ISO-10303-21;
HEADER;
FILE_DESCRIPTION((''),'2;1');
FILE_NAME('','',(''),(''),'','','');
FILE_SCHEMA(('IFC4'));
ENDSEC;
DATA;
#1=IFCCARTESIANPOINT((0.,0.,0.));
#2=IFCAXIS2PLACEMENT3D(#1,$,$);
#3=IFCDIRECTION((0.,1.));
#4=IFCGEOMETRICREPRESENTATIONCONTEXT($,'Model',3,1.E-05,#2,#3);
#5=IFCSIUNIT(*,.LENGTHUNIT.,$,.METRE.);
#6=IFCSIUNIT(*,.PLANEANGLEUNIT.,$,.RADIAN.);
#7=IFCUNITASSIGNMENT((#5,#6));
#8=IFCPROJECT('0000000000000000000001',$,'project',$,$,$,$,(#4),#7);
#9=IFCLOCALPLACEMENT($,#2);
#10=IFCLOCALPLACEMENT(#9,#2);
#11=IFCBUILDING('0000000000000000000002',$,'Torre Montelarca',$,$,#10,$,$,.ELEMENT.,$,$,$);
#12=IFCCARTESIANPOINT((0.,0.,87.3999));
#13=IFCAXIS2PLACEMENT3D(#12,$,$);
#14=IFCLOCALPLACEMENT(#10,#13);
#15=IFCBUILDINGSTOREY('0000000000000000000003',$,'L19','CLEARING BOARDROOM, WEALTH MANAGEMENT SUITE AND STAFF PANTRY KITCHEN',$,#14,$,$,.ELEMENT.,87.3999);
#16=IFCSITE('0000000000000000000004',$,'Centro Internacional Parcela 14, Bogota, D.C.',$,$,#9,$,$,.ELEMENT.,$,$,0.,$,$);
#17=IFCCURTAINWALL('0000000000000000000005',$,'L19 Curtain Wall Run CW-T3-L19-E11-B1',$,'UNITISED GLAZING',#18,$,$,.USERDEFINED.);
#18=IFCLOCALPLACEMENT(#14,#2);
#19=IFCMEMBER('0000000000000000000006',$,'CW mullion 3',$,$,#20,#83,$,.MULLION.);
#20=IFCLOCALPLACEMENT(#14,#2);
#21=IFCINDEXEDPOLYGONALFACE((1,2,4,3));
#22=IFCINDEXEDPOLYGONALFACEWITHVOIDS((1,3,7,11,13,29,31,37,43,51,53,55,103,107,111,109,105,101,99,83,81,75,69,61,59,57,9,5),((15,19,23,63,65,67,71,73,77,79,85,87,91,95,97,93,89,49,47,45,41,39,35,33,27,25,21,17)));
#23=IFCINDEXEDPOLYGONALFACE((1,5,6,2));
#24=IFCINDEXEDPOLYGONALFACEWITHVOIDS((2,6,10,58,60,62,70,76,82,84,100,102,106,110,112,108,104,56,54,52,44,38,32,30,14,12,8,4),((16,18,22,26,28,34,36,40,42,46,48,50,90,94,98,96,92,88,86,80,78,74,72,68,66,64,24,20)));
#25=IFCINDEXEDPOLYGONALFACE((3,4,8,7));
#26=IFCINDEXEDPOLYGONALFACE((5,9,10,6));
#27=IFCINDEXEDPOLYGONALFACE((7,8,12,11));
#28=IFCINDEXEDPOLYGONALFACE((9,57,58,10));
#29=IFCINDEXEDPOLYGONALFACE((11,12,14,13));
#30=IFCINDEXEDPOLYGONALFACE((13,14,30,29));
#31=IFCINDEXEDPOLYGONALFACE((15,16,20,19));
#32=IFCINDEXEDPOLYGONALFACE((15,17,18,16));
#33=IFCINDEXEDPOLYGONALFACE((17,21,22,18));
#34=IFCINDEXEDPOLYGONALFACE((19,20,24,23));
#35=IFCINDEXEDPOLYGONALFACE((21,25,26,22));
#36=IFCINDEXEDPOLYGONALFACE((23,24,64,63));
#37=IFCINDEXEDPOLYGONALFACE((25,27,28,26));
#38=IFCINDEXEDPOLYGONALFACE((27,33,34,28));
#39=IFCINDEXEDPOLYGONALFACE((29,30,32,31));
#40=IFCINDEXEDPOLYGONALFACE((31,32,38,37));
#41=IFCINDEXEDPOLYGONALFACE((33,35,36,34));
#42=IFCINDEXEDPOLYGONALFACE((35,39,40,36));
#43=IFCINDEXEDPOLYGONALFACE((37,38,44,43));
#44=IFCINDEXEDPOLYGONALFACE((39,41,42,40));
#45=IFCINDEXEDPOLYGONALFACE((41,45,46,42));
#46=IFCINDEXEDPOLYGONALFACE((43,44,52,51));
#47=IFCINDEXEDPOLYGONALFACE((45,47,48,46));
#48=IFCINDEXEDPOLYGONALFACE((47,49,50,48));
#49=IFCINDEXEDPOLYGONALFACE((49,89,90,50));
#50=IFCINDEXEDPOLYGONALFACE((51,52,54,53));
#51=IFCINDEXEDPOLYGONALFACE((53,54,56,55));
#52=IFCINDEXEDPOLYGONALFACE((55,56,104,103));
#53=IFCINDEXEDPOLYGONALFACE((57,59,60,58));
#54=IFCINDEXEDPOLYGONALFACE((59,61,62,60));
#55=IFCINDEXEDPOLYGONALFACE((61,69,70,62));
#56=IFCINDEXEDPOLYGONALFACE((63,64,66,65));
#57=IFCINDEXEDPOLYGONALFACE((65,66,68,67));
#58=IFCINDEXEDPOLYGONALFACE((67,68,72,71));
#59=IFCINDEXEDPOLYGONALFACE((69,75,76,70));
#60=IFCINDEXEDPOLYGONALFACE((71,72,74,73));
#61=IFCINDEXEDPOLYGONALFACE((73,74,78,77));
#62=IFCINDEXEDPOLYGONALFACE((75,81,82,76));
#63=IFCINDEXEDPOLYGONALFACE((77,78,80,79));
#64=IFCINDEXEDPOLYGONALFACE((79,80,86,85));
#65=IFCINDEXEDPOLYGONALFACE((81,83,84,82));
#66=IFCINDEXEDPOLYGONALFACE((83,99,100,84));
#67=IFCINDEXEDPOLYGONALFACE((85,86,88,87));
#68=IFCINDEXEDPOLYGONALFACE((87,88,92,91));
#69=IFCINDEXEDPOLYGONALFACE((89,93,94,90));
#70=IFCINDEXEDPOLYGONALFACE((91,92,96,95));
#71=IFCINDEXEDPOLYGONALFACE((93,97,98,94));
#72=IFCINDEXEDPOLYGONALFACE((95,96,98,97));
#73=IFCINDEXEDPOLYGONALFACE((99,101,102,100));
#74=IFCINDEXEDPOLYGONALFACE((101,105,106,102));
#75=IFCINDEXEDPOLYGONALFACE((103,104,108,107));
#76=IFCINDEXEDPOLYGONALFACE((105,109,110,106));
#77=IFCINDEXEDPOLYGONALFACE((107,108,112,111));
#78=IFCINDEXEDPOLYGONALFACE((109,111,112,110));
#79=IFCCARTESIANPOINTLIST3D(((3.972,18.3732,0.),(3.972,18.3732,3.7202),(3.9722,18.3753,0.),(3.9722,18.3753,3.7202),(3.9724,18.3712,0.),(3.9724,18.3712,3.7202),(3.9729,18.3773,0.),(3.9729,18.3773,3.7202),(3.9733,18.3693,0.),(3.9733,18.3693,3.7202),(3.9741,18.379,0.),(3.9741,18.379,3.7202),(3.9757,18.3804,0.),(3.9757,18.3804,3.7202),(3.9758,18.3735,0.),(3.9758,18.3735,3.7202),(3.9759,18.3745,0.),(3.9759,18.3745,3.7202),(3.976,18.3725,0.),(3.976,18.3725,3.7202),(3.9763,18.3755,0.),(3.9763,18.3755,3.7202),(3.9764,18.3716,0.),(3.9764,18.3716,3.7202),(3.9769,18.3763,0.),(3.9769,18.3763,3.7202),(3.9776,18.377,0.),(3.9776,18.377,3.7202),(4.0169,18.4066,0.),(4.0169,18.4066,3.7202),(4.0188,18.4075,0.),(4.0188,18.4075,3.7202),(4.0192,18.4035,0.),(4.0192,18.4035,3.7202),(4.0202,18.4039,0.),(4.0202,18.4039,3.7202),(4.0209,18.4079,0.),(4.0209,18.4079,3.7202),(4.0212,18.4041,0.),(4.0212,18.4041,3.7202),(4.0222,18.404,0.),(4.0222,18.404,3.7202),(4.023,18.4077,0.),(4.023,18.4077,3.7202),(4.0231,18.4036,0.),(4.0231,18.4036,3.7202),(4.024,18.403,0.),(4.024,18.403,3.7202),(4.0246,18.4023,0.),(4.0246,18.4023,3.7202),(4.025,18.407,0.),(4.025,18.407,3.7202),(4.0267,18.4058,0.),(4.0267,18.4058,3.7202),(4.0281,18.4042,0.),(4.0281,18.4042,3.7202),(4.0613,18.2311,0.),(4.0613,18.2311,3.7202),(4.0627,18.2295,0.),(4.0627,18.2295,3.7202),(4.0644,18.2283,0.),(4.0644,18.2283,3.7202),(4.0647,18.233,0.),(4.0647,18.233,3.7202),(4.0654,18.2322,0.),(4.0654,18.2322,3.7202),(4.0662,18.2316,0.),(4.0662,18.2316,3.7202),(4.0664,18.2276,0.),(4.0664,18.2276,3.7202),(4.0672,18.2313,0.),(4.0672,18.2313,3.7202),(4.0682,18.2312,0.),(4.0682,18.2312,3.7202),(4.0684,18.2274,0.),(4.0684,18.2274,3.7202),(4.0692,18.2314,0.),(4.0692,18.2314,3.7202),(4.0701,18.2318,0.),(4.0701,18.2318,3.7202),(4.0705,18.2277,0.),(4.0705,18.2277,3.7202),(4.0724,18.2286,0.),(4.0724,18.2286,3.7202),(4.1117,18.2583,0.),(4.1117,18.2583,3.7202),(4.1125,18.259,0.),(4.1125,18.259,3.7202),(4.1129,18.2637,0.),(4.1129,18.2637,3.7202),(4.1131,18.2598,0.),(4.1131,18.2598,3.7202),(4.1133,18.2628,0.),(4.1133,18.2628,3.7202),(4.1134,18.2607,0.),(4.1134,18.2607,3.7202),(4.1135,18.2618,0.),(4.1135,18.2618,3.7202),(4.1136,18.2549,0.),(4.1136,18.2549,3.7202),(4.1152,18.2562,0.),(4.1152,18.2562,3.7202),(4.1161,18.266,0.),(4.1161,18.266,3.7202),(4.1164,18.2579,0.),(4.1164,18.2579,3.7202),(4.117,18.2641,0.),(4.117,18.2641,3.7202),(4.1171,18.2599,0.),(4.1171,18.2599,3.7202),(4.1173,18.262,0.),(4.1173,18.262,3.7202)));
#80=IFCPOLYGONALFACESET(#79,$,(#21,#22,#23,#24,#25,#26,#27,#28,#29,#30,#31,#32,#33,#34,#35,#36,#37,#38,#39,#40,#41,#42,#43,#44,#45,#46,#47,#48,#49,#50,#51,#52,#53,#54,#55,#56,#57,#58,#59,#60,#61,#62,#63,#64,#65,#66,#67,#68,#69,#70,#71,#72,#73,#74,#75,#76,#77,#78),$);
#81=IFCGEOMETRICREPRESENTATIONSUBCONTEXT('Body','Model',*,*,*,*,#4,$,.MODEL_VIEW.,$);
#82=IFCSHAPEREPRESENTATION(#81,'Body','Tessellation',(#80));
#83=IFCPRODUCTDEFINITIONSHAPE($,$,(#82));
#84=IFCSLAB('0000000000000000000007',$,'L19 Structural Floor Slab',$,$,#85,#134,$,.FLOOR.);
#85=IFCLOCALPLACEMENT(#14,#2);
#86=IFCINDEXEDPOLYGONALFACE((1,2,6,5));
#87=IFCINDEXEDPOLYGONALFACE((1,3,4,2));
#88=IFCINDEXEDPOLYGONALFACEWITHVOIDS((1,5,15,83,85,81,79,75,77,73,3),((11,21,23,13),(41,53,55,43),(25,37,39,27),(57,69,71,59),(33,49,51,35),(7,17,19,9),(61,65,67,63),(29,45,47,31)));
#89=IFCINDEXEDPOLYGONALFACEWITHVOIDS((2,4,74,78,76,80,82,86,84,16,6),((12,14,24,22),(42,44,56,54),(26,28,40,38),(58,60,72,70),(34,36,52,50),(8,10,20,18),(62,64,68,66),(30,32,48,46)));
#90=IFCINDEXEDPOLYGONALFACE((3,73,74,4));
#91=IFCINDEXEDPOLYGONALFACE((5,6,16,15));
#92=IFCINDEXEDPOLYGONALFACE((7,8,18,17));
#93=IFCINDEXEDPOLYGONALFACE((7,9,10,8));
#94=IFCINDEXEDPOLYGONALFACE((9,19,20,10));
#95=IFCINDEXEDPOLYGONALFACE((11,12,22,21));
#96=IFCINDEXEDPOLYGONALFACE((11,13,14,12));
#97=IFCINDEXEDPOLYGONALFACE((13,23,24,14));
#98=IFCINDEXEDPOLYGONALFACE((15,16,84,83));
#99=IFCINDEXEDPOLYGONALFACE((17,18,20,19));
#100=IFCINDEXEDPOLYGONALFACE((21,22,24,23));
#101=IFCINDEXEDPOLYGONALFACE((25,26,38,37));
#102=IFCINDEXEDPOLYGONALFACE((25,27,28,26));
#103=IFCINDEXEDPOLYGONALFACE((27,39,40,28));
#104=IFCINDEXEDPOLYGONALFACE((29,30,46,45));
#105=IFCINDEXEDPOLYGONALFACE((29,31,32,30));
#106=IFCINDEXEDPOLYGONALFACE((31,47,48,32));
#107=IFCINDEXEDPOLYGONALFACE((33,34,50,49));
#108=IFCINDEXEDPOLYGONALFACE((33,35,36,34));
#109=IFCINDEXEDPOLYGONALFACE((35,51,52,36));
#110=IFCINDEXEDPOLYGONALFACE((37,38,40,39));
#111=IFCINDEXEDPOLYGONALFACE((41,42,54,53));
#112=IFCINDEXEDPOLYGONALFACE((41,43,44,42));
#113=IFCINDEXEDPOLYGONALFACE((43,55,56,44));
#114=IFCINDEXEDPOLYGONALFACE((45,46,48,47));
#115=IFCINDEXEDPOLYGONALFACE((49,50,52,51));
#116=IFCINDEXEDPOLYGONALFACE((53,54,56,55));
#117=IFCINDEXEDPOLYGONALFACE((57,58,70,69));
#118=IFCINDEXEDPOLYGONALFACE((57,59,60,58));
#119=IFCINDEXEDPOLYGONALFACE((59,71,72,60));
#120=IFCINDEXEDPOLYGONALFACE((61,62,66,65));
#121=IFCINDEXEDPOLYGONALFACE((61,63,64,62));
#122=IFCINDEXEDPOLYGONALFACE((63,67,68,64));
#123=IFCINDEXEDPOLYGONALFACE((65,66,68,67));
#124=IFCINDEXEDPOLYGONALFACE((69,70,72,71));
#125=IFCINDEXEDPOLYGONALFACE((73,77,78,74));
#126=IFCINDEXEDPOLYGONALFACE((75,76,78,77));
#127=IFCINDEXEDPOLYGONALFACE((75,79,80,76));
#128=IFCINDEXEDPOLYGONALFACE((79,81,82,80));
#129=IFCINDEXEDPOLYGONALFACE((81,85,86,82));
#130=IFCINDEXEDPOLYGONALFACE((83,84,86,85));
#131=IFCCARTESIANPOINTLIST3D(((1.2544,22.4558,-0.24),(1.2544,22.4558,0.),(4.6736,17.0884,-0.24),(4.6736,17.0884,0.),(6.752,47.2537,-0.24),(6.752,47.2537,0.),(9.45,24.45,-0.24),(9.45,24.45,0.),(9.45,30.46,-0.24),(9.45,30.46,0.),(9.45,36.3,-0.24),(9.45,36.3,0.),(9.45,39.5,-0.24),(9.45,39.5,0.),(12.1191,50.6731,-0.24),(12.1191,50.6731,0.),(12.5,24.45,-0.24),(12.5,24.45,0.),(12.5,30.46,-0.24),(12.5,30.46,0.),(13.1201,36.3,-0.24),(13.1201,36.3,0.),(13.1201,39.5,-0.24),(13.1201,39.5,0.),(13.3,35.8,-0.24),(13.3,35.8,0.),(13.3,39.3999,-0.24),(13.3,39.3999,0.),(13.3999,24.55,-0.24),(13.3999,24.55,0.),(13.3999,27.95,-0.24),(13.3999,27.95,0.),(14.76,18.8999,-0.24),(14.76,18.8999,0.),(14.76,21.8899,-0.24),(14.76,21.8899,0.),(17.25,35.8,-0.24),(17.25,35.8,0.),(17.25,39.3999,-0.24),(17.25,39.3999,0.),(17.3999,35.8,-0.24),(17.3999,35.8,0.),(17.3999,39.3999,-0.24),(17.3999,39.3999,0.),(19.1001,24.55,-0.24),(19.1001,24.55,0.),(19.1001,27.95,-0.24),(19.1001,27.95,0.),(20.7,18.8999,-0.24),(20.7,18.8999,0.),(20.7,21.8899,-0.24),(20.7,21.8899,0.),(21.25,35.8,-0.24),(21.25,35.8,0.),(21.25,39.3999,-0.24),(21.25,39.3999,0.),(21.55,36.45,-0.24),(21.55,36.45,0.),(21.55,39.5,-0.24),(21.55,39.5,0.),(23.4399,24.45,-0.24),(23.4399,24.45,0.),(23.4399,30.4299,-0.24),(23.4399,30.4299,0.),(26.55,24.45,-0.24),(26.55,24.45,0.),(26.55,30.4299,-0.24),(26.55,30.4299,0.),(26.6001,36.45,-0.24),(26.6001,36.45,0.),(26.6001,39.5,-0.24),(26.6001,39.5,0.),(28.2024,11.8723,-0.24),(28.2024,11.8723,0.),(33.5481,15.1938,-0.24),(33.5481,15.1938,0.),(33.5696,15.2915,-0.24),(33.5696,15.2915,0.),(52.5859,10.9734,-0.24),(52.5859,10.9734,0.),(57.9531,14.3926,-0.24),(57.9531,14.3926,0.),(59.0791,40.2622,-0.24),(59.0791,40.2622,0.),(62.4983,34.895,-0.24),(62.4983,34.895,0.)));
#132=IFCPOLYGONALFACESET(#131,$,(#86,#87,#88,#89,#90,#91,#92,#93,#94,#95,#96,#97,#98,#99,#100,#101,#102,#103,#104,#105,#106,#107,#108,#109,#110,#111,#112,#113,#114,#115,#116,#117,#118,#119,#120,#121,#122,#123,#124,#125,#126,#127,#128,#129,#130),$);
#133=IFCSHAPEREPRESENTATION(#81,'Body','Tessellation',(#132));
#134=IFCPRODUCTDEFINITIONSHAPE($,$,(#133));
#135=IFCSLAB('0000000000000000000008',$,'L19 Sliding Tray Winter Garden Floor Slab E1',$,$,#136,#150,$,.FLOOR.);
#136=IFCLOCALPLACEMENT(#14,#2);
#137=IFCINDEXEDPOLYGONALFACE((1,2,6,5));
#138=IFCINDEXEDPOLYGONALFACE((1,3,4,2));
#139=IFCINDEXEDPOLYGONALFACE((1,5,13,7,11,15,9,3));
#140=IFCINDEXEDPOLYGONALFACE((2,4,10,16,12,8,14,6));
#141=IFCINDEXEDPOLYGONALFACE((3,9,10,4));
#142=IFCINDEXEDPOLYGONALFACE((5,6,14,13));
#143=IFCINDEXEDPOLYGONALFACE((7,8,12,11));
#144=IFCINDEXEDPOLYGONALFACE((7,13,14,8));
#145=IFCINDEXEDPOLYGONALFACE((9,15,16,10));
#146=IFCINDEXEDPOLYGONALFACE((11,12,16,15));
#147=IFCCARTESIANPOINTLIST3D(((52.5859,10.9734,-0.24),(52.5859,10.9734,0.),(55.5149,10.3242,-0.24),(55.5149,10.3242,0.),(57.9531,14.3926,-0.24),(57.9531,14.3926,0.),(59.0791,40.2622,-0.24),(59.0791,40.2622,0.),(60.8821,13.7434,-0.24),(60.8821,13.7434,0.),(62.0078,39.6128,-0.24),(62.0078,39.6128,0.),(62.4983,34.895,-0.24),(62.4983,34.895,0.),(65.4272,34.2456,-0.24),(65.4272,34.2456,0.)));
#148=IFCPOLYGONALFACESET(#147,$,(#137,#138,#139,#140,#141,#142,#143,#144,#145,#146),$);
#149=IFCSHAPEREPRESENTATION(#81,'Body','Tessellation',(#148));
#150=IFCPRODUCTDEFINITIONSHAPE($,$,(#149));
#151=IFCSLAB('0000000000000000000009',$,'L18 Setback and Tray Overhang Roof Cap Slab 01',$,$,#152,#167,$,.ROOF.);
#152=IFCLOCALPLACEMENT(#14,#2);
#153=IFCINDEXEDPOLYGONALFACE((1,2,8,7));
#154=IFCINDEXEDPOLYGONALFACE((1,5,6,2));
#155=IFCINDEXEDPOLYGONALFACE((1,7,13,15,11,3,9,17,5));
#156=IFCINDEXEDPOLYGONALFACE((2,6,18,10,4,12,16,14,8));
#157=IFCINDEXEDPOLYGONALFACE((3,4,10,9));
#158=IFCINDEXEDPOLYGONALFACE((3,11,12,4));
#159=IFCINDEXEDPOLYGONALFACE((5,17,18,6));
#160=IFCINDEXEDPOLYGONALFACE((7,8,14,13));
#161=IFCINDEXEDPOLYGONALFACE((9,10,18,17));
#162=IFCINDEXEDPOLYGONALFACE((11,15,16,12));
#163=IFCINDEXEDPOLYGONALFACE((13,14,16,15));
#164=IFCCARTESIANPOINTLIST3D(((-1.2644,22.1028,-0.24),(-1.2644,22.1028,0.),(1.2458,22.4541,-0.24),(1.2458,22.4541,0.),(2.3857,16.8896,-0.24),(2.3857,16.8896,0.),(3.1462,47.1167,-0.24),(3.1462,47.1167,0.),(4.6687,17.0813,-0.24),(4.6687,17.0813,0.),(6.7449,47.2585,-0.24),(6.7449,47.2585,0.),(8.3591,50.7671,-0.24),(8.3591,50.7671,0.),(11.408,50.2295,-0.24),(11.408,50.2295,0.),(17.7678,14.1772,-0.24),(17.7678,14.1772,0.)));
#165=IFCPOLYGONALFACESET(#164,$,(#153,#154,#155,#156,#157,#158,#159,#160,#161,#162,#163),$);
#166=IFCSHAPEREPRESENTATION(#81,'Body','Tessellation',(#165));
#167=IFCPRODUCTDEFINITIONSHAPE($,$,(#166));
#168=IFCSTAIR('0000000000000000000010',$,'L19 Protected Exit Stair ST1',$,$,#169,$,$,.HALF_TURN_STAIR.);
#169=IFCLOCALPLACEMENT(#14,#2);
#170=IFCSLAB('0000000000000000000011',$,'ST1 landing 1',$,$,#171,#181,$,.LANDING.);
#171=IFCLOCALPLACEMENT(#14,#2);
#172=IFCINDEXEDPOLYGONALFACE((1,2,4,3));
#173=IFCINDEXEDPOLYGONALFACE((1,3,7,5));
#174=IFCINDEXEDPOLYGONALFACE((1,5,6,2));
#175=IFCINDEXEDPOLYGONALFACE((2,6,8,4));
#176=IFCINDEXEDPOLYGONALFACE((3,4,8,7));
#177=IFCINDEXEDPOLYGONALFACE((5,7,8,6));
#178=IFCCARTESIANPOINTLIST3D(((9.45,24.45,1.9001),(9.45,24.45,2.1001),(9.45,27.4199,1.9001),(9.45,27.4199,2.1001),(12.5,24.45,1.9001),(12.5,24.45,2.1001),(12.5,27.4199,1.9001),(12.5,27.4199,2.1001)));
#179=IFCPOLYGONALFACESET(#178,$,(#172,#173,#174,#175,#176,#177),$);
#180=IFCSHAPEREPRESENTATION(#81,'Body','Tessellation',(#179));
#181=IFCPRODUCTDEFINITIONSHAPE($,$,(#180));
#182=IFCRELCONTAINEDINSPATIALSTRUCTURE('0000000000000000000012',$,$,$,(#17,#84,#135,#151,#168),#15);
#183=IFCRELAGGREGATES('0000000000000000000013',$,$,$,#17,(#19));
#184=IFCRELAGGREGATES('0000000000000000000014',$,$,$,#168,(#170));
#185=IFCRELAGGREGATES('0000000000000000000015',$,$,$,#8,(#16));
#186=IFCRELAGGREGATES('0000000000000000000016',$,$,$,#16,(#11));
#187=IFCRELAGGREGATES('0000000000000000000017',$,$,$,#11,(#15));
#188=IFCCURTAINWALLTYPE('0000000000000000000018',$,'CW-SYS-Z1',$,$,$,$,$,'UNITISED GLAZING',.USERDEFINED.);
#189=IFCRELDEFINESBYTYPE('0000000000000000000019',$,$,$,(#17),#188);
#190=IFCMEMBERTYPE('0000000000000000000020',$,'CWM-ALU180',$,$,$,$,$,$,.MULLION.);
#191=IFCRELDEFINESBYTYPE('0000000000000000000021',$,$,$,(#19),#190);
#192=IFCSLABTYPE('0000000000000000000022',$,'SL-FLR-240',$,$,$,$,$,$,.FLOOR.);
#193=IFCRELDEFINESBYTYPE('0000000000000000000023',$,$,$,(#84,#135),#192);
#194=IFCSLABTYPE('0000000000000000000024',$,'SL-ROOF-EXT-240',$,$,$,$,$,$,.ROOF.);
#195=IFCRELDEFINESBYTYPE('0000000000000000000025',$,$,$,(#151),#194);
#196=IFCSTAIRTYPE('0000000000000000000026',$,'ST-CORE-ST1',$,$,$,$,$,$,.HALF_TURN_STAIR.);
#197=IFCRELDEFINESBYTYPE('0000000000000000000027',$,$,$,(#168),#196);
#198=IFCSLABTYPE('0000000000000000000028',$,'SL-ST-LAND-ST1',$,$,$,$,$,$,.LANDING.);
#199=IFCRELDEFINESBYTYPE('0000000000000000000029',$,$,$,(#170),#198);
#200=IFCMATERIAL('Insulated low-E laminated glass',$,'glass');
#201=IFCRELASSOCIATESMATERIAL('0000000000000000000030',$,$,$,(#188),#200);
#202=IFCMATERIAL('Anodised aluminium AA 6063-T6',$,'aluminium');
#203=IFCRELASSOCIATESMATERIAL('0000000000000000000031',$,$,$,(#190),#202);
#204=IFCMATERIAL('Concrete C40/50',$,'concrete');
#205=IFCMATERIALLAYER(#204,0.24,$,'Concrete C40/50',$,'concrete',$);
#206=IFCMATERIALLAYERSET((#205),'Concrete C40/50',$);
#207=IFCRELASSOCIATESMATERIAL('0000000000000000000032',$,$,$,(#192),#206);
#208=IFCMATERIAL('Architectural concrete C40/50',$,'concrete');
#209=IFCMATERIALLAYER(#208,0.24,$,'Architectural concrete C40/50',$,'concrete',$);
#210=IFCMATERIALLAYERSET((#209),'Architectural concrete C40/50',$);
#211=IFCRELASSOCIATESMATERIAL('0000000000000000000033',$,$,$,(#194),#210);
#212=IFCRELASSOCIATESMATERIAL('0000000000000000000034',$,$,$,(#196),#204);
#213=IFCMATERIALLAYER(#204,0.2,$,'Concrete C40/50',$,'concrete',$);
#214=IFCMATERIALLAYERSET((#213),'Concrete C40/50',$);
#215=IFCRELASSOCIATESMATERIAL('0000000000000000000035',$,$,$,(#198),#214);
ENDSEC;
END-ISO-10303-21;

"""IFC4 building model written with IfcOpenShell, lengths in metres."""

from ifc_helpers import new_model, si_unit, direction, frame, origin, origin_2d, place, context, subcontext, project, spatial, polyline, hollow_rectangle, outline, extrude, source, transform, mapped, material, layer, layer_set, material_profile, profile_set, type_object, element, aggregate, save


model = new_model("IFC4")

# Units and contexts
model_context = context("Model", 3, precision=1e-05, world=origin(), true_north=direction((0.0, 1.0)))
body_context = subcontext(model_context, "Body", "Model", "MODEL_VIEW")
ifc_project = project(units=[si_unit("LENGTHUNIT", "METRE"), si_unit("PLANEANGLEUNIT", "RADIAN")], contexts=[model_context])

# Site, building, storey
site_placement = place(None, origin())
site = spatial("IfcSite", under=ifc_project, at=site_placement, Name="Centro Internacional Parcela 14, Bogota, D.C.", CompositionType="ELEMENT", RefElevation=0.0)
building_placement = place(site_placement, origin())
building = spatial("IfcBuilding", under=site, at=building_placement, Name="Torre Montelarca", CompositionType="ELEMENT")
storey_placement = place(building_placement, frame((0.0, 0.0, 87.3999)))
storey = spatial("IfcBuildingStorey", under=building, at=storey_placement, Name="L19", Description="CLEARING BOARDROOM, WEALTH MANAGEMENT SUITE AND STAFF PANTRY KITCHEN", CompositionType="ELEMENT", Elevation=87.3999)

# Shared definitions
ifc_material_1 = material(Name="Insulated low-E laminated glass", Category="glass")
curtain_wall_type = type_object("IfcCurtainWallType", Name="CW-SYS-Z1", ElementType="UNITISED GLAZING", PredefinedType="USERDEFINED", material=ifc_material_1)
ifc_material_2 = material(Name="Anodised aluminium AA 6063-T6", Category="aluminium")

# Shared definitions
ifc_material_profile_1 = material_profile(ifc_material_2, hollow_rectangle(XDim=0.0649, YDim=0.1799, WallThickness=0.0039, InnerFilletRadius=0.0039, OuterFilletRadius=0.0081, at=origin_2d()), Name="ALU65X180X4", Category="aluminium")
ifc_profile_set_1 = profile_set([ifc_material_profile_1], Name="Anodised aluminium AA 6063-T6")
member_type_1 = type_object("IfcMemberType", Name="CWM-ALU180", PredefinedType="MULLION", material=ifc_profile_set_1)
shared_shape_1 = source(origin(), body_context, "Body", "SweptSolid", [
    extrude(hollow_rectangle(XDim=0.0649, YDim=0.1799, WallThickness=0.0039, InnerFilletRadius=0.0039, OuterFilletRadius=0.0081, at=origin_2d()), origin(), (0.0, 0.0, 1.0), 3.7202),
])

# Curtain wall, member
curtain_wall_1_placement = place(storey_placement, origin())
curtain_wall_1 = element("IfcCurtainWall", 1, at=curtain_wall_1_placement, inside=storey, type_object=curtain_wall_type, Name="L19 Curtain Wall Run CW-T3-L19-E11-B1", ObjectType="UNITISED GLAZING", PredefinedType="USERDEFINED")
member_1_placement = place(storey_placement, frame((4.0447, 18.3176, 0.0), z_axis=(0.0, 0.0, 1.0), x_axis=(0.843384, 0.537311, 0.0)))
member_1 = element("IfcMember", 2, at=member_1_placement, type_object=member_type_1, Name="CW mullion 3", PredefinedType="MULLION", context=body_context, shape_type="MappedRepresentation", body=[
    mapped(shared_shape_1, transform((0.0, 0.0, 0.0), scale=1.0)),
])
aggregate(curtain_wall_1, [member_1])

# Slabs
ifc_material_3 = material(Name="Concrete C40/50", Category="concrete")
ifc_layer_1 = layer(ifc_material_3, 0.24, Name="Concrete C40/50", Category="concrete")
ifc_layer_set_1 = layer_set([ifc_layer_1], Name="Concrete C40/50")
slab_type_1 = type_object("IfcSlabType", Name="SL-FLR-240", PredefinedType="FLOOR", material=ifc_layer_set_1)
slab_1_placement = place(storey_placement, frame((0.0, 0.0, -0.24)))
element("IfcSlab", 3, at=slab_1_placement, inside=storey, type_object=slab_type_1, Name="L19 Structural Floor Slab", PredefinedType="FLOOR", context=body_context, shape_type="SweptSolid", body=[
    extrude(outline(polyline([(28.2024, 11.8723), (33.5696, 15.2915), (33.5481, 15.1938), (52.5859, 10.9734), (57.9531, 14.3926), (62.4983, 34.895), (59.0791, 40.2622), (12.1191, 50.6731), (6.752, 47.2537), (1.2544, 22.4558), (4.6736, 17.0884), (28.2024, 11.8723)]), holes=[polyline([(20.7, 18.8999), (14.76, 18.8999), (14.76, 21.8899), (20.7, 21.8899), (20.7, 18.8999)]), polyline([(19.1001, 24.55), (13.3999, 24.55), (13.3999, 27.95), (19.1001, 27.95), (19.1001, 24.55)]), polyline([(23.4399, 24.45), (23.4399, 30.4299), (26.55, 30.4299), (26.55, 24.45), (23.4399, 24.45)]), polyline([(9.45, 24.45), (9.45, 30.46), (12.5, 30.46), (12.5, 24.45), (9.45, 24.45)]), polyline([(17.25, 35.8), (13.3, 35.8), (13.3, 39.3999), (17.25, 39.3999), (17.25, 35.8)]), polyline([(21.25, 35.8), (17.3999, 35.8), (17.3999, 39.3999), (21.25, 39.3999), (21.25, 35.8)]), polyline([(13.1201, 36.3), (9.45, 36.3), (9.45, 39.5), (13.1201, 39.5), (13.1201, 36.3)]), polyline([(26.6001, 36.45), (21.55, 36.45), (21.55, 39.5), (26.6001, 39.5), (26.6001, 36.45)])]), origin(), (0.0, 0.0, 1.0), 0.24),
])
slab_2_placement = place(storey_placement, frame((0.0, 0.0, -0.24)))
element("IfcSlab", 4, at=slab_2_placement, inside=storey, type_object=slab_type_1, Name="L19 Sliding Tray Winter Garden Floor Slab E1", PredefinedType="FLOOR", context=body_context, shape_type="SweptSolid", body=[
    extrude(outline(polyline([(59.0791, 40.2622), (62.4983, 34.895), (57.9531, 14.3926), (52.5859, 10.9734), (55.5149, 10.3242), (60.8821, 13.7434), (65.4272, 34.2456), (62.0078, 39.6128), (59.0791, 40.2622)])), origin(), (0.0, 0.0, 1.0), 0.24),
])
ifc_material_4 = material(Name="Architectural concrete C40/50", Category="concrete")
ifc_layer_2 = layer(ifc_material_4, 0.24, Name="Architectural concrete C40/50", Category="concrete")
ifc_layer_set_2 = layer_set([ifc_layer_2], Name="Architectural concrete C40/50")
slab_type_2 = type_object("IfcSlabType", Name="SL-ROOF-EXT-240", PredefinedType="ROOF", material=ifc_layer_set_2)
slab_3_placement = place(storey_placement, frame((0.0, 0.0, -0.24)))
element("IfcSlab", 5, at=slab_3_placement, inside=storey, type_object=slab_type_2, Name="L18 Setback and Tray Overhang Roof Cap Slab 01", PredefinedType="ROOF", context=body_context, shape_type="SweptSolid", body=[
    extrude(outline(polyline([(4.6687, 17.0813), (1.2458, 22.4541), (6.7449, 47.2585), (11.408, 50.2295), (8.3591, 50.7671), (3.1462, 47.1167), (-1.2644, 22.1028), (2.3857, 16.8896), (17.7678, 14.1772), (4.6687, 17.0813)])), origin(), (0.0, 0.0, 1.0), 0.24),
])

# Stair, slab
stair_type_1 = type_object("IfcStairType", Name="ST-CORE-ST1", PredefinedType="HALF_TURN_STAIR", material=ifc_material_3)
stair_1_placement = place(storey_placement, origin())
stair_1 = element("IfcStair", 6, at=stair_1_placement, inside=storey, type_object=stair_type_1, Name="L19 Protected Exit Stair ST1", PredefinedType="HALF_TURN_STAIR")
ifc_layer_3 = layer(ifc_material_3, 0.2, Name="Concrete C40/50", Category="concrete")
ifc_layer_set_3 = layer_set([ifc_layer_3], Name="Concrete C40/50")
slab_type_3 = type_object("IfcSlabType", Name="SL-ST-LAND-ST1", PredefinedType="LANDING", material=ifc_layer_set_3)
slab_4_placement = place(storey_placement, frame((0.0, 0.0, 1.9001)))
slab_4 = element("IfcSlab", 7, at=slab_4_placement, type_object=slab_type_3, Name="ST1 landing 1", PredefinedType="LANDING", context=body_context, shape_type="SweptSolid", body=[
    extrude(outline(polyline([(9.45, 27.4199), (9.45, 24.45), (12.5, 24.45), (12.5, 27.4199), (9.45, 27.4199)])), origin(), (0.0, 0.0, 1.0), 0.2),
])
aggregate(stair_1, [slab_4])

save(model, "model.ifc")
